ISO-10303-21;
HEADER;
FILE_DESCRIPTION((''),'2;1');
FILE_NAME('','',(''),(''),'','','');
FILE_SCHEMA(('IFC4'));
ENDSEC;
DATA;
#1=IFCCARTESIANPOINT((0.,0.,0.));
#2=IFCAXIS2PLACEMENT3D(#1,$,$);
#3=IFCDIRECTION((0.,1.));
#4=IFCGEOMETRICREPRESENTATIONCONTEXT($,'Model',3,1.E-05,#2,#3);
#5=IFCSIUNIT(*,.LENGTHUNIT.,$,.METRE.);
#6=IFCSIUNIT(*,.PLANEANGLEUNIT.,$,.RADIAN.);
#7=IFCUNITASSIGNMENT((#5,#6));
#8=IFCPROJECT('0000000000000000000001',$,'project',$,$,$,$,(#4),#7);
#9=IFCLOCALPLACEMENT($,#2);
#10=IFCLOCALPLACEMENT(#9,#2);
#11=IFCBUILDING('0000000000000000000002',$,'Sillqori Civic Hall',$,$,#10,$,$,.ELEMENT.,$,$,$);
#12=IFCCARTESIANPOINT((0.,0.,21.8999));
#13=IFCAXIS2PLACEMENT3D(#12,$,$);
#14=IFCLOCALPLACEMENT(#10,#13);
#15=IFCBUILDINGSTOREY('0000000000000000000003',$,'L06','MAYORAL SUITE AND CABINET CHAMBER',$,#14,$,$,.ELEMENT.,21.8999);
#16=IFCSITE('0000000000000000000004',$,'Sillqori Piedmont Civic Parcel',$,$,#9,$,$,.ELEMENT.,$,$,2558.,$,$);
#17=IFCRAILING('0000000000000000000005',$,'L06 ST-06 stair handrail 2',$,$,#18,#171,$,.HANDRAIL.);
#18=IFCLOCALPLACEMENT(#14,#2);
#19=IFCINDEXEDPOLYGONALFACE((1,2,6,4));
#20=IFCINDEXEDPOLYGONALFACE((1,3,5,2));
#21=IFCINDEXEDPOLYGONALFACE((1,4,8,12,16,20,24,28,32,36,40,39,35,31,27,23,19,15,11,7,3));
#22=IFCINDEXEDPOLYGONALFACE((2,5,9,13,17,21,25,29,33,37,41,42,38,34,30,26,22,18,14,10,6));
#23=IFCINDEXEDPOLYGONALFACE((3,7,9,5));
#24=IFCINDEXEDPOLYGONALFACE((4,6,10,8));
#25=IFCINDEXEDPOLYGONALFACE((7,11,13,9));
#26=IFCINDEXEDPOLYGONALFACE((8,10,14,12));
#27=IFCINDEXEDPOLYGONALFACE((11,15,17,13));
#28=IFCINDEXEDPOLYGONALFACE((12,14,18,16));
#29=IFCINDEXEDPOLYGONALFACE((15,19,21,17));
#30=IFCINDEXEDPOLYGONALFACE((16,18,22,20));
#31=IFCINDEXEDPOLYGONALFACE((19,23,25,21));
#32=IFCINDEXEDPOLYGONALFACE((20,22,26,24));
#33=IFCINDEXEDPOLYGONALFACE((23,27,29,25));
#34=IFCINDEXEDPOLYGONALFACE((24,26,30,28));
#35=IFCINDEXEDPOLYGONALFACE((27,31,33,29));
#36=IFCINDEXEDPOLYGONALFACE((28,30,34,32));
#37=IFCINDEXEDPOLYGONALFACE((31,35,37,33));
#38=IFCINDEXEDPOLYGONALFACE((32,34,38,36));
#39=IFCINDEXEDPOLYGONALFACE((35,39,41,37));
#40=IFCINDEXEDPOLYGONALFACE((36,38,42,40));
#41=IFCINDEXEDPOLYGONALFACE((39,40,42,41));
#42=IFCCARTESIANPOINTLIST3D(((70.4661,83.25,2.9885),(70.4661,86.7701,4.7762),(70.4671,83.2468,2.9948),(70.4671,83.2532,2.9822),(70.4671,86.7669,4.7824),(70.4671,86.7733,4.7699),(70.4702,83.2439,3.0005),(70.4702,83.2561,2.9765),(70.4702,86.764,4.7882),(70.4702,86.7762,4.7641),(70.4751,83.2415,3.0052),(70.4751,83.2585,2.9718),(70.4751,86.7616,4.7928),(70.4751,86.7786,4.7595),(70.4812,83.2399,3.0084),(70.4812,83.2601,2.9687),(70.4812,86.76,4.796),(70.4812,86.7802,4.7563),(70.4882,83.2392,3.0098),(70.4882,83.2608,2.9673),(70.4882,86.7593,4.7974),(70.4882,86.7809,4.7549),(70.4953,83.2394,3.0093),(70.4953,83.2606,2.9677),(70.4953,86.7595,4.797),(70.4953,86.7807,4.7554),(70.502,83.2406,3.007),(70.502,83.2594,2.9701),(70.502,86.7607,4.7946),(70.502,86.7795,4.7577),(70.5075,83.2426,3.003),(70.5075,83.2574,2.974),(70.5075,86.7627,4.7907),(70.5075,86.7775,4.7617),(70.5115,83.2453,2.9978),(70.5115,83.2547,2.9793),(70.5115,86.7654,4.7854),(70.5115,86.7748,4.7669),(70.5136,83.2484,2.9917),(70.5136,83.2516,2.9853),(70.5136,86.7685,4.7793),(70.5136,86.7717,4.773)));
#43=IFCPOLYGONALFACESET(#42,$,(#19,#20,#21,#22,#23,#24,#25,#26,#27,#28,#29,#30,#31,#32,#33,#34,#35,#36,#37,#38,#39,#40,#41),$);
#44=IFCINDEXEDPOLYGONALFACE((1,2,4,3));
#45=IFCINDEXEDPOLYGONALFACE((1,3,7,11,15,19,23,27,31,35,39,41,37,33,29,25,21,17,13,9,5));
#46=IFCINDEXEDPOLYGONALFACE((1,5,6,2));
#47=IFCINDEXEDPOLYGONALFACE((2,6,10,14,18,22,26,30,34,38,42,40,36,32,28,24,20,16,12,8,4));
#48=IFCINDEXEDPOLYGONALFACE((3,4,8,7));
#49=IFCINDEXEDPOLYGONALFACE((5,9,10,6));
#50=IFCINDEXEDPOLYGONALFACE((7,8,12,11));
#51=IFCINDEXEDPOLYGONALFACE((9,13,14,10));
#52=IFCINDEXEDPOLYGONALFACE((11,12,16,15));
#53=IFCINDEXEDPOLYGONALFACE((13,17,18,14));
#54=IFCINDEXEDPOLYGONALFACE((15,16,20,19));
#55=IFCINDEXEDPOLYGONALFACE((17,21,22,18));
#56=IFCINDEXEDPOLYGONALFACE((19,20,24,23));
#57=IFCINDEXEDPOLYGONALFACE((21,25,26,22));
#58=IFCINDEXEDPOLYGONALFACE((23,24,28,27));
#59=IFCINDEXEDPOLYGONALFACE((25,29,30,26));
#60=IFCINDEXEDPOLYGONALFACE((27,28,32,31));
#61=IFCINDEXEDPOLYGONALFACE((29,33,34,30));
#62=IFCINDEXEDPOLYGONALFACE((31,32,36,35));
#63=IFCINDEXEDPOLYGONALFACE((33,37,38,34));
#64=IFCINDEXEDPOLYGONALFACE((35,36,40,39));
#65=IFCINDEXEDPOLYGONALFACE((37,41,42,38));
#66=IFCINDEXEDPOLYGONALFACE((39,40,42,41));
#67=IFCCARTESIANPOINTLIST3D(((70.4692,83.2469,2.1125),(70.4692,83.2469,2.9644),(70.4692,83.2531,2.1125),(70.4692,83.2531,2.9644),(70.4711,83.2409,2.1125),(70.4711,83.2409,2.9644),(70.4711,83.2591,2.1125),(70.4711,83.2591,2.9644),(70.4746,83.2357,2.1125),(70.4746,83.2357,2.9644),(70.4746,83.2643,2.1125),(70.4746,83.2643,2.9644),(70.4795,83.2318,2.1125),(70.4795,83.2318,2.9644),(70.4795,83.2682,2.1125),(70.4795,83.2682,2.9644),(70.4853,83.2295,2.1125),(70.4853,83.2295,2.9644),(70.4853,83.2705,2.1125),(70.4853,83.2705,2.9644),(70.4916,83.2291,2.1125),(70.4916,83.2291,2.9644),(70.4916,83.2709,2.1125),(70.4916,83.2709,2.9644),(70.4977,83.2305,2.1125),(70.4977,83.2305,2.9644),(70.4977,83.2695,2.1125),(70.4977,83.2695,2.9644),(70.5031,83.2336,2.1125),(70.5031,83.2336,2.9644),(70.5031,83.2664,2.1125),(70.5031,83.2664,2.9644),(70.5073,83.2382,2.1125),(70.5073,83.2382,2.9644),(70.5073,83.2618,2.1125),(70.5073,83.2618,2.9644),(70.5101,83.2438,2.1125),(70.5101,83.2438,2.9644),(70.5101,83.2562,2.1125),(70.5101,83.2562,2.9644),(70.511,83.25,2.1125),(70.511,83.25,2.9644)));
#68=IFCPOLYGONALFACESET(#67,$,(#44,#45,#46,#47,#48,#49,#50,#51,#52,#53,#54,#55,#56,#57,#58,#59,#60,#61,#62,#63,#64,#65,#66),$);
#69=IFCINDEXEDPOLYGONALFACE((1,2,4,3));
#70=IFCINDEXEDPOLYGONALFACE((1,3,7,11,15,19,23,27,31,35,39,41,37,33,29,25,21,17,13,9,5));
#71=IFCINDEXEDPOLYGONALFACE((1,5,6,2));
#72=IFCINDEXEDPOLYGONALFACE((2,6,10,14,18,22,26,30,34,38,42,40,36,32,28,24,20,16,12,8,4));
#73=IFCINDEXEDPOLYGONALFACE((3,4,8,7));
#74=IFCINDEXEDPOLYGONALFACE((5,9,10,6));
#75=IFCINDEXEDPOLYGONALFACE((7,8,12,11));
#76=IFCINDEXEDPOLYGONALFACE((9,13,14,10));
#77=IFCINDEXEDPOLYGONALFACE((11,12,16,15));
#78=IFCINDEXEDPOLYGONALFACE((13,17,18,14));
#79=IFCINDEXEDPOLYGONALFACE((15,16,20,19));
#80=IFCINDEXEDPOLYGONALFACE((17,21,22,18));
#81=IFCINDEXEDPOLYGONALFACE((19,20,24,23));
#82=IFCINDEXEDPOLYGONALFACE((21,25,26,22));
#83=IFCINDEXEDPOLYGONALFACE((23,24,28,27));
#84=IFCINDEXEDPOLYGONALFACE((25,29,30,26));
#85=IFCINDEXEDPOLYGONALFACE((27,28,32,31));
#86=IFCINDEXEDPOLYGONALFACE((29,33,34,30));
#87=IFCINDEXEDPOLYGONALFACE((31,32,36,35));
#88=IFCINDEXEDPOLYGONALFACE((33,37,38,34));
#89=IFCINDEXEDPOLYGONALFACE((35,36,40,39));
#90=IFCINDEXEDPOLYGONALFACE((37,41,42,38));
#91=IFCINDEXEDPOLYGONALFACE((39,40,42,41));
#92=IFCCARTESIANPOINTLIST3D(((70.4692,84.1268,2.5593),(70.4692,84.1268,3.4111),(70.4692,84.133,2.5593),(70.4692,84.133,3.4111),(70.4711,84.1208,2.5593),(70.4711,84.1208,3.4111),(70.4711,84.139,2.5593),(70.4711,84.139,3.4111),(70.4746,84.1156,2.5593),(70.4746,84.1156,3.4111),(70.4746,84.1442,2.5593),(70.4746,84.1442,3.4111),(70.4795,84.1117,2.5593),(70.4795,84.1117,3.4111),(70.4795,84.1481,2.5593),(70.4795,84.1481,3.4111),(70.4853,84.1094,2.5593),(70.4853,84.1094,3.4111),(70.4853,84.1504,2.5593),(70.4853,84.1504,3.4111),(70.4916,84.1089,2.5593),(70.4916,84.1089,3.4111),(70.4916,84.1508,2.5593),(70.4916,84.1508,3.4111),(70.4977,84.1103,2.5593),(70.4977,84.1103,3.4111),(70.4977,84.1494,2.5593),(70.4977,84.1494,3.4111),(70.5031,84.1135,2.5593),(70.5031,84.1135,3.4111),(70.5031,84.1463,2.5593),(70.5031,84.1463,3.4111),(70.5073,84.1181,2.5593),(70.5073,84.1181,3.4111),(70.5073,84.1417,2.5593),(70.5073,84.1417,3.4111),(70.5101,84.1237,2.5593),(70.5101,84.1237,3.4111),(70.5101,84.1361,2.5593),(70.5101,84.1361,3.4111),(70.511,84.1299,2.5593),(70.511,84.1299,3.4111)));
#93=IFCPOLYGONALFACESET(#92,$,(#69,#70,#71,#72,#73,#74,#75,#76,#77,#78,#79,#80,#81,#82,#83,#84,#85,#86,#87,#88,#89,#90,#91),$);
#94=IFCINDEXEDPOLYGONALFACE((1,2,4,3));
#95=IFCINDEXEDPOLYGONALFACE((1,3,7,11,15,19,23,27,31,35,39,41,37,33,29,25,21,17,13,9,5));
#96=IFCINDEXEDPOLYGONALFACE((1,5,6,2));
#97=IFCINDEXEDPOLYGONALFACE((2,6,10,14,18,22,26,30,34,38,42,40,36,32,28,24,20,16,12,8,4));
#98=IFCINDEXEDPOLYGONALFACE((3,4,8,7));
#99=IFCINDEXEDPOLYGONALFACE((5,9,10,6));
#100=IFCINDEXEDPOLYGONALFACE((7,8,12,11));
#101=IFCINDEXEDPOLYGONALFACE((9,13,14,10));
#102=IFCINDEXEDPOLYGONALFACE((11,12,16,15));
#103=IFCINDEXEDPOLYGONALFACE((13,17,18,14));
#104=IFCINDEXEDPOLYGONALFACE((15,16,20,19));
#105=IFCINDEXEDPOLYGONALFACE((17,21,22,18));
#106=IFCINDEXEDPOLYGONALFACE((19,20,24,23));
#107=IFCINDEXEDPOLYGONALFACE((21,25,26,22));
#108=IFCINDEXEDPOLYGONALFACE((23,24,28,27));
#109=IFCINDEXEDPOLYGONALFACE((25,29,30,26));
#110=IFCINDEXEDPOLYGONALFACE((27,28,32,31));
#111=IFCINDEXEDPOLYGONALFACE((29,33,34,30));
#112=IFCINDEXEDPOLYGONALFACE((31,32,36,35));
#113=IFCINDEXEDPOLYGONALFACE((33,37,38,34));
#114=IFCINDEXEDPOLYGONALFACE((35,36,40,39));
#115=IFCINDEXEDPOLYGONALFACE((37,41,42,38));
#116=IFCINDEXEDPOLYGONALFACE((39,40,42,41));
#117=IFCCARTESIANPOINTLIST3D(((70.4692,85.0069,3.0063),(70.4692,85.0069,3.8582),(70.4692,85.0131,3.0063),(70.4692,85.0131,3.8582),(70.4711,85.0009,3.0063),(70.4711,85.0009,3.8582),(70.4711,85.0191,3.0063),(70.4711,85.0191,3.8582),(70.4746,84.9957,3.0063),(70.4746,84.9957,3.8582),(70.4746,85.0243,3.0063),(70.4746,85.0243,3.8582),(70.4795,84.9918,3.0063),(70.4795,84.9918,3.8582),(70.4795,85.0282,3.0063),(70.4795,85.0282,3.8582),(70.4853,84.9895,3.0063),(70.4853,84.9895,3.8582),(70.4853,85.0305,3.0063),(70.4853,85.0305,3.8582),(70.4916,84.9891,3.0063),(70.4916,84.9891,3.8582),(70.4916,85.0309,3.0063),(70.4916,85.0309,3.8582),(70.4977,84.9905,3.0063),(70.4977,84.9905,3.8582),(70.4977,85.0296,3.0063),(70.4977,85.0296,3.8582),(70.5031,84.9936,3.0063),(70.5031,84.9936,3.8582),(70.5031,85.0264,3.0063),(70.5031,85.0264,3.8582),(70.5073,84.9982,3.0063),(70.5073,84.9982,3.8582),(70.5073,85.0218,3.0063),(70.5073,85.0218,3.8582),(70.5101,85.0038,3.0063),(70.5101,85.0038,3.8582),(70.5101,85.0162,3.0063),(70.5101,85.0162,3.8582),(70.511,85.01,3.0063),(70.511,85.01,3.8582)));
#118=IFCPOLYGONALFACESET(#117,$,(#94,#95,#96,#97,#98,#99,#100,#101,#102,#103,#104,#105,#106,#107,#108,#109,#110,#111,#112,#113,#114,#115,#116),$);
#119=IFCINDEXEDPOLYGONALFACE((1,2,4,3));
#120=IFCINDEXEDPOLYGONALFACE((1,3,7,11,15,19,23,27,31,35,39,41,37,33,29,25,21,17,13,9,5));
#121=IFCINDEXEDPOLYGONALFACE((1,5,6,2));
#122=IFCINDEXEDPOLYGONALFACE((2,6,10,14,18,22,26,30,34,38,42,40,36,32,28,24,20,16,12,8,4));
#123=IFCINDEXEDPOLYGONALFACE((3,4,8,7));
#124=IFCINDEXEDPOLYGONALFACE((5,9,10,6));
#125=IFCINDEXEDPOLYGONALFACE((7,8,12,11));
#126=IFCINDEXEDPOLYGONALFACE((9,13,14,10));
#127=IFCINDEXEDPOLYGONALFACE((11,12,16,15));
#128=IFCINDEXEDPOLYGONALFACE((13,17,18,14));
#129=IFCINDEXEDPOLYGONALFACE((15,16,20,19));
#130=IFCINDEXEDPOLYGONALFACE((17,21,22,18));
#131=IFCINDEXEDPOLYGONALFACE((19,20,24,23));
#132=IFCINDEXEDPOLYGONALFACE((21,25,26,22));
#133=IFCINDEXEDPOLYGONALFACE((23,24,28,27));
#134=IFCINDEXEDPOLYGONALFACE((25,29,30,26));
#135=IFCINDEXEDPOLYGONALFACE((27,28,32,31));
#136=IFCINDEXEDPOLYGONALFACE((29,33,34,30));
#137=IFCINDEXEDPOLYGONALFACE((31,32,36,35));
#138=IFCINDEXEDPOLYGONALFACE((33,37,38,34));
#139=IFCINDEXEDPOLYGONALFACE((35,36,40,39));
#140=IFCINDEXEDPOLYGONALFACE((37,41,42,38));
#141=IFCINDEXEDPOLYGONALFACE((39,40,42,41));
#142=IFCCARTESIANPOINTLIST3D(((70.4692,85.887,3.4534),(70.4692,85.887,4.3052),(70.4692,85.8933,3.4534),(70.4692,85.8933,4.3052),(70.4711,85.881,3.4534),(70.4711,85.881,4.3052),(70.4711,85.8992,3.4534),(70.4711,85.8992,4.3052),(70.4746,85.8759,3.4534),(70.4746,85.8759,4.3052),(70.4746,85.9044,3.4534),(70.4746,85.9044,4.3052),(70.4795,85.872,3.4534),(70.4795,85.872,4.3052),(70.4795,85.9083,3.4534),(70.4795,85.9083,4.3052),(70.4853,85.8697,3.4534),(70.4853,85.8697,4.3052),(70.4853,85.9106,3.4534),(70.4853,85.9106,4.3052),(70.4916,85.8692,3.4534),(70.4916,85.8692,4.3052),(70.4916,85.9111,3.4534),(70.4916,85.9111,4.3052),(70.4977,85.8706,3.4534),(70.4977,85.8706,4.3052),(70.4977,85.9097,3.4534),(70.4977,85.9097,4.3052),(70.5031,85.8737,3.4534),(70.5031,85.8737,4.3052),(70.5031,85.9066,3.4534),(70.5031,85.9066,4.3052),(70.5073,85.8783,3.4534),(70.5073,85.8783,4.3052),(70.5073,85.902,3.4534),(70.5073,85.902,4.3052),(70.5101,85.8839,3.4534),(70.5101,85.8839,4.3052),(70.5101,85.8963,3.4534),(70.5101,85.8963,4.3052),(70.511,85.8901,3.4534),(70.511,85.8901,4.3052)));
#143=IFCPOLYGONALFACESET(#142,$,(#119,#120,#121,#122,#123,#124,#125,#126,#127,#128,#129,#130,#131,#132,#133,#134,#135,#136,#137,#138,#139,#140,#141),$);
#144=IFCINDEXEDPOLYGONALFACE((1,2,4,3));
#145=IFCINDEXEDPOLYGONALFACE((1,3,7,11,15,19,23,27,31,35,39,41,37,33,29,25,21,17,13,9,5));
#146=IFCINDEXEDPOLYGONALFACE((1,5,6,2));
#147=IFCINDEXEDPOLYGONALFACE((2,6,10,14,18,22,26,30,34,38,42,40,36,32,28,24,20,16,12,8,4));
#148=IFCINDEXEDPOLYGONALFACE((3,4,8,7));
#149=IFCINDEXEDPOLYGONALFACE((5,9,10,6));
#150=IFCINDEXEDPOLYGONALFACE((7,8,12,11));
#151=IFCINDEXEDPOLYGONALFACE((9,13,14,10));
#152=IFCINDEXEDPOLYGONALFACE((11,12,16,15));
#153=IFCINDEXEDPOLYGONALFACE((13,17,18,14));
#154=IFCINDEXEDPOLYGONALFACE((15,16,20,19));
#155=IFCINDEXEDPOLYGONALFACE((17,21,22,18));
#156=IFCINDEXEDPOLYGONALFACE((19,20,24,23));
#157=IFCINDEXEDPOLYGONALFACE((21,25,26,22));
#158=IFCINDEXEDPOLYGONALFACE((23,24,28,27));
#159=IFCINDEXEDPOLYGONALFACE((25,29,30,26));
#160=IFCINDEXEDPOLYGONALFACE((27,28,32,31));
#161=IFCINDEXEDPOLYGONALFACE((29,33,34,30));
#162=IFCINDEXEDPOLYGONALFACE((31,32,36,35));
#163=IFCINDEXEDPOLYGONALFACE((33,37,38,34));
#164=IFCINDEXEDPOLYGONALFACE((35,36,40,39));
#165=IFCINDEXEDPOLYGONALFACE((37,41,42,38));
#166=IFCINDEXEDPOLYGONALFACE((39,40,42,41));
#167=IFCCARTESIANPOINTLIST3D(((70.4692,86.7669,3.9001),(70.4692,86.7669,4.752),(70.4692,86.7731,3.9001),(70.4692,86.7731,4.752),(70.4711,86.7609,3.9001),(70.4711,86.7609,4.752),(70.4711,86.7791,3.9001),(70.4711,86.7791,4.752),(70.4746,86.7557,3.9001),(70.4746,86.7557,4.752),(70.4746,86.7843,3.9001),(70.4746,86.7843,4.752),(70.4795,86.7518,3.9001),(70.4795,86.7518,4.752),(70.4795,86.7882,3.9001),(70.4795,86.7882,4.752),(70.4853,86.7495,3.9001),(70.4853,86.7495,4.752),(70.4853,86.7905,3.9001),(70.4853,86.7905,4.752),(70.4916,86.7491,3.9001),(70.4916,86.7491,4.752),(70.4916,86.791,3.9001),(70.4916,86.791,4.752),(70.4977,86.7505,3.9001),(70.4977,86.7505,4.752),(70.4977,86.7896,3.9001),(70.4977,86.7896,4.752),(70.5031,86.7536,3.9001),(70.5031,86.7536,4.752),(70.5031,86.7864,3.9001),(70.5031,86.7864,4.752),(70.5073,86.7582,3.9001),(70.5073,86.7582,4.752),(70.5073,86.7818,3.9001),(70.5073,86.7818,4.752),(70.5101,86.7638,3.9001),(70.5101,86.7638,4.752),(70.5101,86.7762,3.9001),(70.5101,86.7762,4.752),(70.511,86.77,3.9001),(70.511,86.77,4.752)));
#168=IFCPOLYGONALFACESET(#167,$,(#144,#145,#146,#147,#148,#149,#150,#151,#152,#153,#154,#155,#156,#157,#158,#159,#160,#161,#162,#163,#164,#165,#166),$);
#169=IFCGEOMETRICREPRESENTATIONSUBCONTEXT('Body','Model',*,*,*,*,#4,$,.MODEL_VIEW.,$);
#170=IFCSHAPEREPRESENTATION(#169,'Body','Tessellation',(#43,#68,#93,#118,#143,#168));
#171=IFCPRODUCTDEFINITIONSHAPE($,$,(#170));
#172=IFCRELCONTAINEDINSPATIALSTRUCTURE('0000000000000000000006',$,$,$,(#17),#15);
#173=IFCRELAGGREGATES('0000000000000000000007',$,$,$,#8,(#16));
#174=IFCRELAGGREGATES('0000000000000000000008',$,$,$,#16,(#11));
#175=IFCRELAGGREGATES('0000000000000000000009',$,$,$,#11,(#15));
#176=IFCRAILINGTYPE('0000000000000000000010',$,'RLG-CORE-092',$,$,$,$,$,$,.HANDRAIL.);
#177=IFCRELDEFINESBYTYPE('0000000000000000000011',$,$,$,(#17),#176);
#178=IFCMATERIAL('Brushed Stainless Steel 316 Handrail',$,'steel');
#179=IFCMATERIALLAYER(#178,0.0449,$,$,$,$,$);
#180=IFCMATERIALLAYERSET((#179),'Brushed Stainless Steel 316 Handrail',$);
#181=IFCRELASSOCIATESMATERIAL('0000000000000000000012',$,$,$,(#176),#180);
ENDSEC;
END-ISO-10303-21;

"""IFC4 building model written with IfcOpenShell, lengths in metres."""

from ifc_helpers import new_model, si_unit, direction, frame, origin, origin_2d, place, context, subcontext, project, spatial, circle, extrude, material, layer, layer_set, type_object, element, save


model = new_model("IFC4")

# Units and contexts
model_context = context("Model", 3, precision=1e-05, world=origin(), true_north=direction((0.0, 1.0)))
body_context = subcontext(model_context, "Body", "Model", "MODEL_VIEW")
ifc_project = project(units=[si_unit("LENGTHUNIT", "METRE"), si_unit("PLANEANGLEUNIT", "RADIAN")], contexts=[model_context])

# Site, building, storey
site_placement = place(None, origin())
site = spatial("IfcSite", under=ifc_project, at=site_placement, Name="Sillqori Piedmont Civic Parcel", CompositionType="ELEMENT", RefElevation=2558.0)
building_placement = place(site_placement, origin())
building = spatial("IfcBuilding", under=site, at=building_placement, Name="Sillqori Civic Hall", CompositionType="ELEMENT")
storey_placement = place(building_placement, frame((0.0, 0.0, 21.8999)))
storey = spatial("IfcBuildingStorey", under=building, at=storey_placement, Name="L06", Description="MAYORAL SUITE AND CABINET CHAMBER", CompositionType="ELEMENT", Elevation=21.8999)

# Railing
ifc_material_1 = material(Name="Brushed Stainless Steel 316 Handrail", Category="steel")
ifc_layer_1 = layer(ifc_material_1, 0.0449)
ifc_layer_set_1 = layer_set([ifc_layer_1], Name="Brushed Stainless Steel 316 Handrail")
railing_type_1 = type_object("IfcRailingType", Name="RLG-CORE-092", PredefinedType="HANDRAIL", material=ifc_layer_set_1)
railing_1_placement = place(storey_placement, frame((70.49, 83.25, 2.1125)))
element("IfcRailing", 1, at=railing_1_placement, inside=storey, type_object=railing_type_1, Name="L06 ST-06 stair handrail 2", PredefinedType="HANDRAIL", context=body_context, shape_type="SweptSolid", body=[
    extrude(circle(Radius=0.0239, at=origin_2d()), frame((0.0, 0.0, 0.876), z_axis=(0.0, 0.891615, 0.452795), x_axis=(-1.0, 0.0, 0.0)), (0.0, 0.0, 1.0), 3.948),
    extrude(circle(Radius=0.021, at=origin_2d()), origin(), (0.0, 0.0, 1.0), 0.8518),
    extrude(circle(Radius=0.021, at=origin_2d()), frame((0.0, 0.8799, 0.4468)), (0.0, 0.0, 1.0), 0.8518),
    extrude(circle(Radius=0.021, at=origin_2d()), frame((0.0, 1.76, 0.8938)), (0.0, 0.0, 1.0), 0.8518),
    extrude(circle(Radius=0.021, at=origin_2d()), frame((0.0, 2.6401, 1.3408)), (0.0, 0.0, 1.0), 0.8518),
    extrude(circle(Radius=0.021, at=origin_2d()), frame((0.0, 3.52, 1.7876)), (0.0, 0.0, 1.0), 0.8518),
])

save(model, "model.ifc")
